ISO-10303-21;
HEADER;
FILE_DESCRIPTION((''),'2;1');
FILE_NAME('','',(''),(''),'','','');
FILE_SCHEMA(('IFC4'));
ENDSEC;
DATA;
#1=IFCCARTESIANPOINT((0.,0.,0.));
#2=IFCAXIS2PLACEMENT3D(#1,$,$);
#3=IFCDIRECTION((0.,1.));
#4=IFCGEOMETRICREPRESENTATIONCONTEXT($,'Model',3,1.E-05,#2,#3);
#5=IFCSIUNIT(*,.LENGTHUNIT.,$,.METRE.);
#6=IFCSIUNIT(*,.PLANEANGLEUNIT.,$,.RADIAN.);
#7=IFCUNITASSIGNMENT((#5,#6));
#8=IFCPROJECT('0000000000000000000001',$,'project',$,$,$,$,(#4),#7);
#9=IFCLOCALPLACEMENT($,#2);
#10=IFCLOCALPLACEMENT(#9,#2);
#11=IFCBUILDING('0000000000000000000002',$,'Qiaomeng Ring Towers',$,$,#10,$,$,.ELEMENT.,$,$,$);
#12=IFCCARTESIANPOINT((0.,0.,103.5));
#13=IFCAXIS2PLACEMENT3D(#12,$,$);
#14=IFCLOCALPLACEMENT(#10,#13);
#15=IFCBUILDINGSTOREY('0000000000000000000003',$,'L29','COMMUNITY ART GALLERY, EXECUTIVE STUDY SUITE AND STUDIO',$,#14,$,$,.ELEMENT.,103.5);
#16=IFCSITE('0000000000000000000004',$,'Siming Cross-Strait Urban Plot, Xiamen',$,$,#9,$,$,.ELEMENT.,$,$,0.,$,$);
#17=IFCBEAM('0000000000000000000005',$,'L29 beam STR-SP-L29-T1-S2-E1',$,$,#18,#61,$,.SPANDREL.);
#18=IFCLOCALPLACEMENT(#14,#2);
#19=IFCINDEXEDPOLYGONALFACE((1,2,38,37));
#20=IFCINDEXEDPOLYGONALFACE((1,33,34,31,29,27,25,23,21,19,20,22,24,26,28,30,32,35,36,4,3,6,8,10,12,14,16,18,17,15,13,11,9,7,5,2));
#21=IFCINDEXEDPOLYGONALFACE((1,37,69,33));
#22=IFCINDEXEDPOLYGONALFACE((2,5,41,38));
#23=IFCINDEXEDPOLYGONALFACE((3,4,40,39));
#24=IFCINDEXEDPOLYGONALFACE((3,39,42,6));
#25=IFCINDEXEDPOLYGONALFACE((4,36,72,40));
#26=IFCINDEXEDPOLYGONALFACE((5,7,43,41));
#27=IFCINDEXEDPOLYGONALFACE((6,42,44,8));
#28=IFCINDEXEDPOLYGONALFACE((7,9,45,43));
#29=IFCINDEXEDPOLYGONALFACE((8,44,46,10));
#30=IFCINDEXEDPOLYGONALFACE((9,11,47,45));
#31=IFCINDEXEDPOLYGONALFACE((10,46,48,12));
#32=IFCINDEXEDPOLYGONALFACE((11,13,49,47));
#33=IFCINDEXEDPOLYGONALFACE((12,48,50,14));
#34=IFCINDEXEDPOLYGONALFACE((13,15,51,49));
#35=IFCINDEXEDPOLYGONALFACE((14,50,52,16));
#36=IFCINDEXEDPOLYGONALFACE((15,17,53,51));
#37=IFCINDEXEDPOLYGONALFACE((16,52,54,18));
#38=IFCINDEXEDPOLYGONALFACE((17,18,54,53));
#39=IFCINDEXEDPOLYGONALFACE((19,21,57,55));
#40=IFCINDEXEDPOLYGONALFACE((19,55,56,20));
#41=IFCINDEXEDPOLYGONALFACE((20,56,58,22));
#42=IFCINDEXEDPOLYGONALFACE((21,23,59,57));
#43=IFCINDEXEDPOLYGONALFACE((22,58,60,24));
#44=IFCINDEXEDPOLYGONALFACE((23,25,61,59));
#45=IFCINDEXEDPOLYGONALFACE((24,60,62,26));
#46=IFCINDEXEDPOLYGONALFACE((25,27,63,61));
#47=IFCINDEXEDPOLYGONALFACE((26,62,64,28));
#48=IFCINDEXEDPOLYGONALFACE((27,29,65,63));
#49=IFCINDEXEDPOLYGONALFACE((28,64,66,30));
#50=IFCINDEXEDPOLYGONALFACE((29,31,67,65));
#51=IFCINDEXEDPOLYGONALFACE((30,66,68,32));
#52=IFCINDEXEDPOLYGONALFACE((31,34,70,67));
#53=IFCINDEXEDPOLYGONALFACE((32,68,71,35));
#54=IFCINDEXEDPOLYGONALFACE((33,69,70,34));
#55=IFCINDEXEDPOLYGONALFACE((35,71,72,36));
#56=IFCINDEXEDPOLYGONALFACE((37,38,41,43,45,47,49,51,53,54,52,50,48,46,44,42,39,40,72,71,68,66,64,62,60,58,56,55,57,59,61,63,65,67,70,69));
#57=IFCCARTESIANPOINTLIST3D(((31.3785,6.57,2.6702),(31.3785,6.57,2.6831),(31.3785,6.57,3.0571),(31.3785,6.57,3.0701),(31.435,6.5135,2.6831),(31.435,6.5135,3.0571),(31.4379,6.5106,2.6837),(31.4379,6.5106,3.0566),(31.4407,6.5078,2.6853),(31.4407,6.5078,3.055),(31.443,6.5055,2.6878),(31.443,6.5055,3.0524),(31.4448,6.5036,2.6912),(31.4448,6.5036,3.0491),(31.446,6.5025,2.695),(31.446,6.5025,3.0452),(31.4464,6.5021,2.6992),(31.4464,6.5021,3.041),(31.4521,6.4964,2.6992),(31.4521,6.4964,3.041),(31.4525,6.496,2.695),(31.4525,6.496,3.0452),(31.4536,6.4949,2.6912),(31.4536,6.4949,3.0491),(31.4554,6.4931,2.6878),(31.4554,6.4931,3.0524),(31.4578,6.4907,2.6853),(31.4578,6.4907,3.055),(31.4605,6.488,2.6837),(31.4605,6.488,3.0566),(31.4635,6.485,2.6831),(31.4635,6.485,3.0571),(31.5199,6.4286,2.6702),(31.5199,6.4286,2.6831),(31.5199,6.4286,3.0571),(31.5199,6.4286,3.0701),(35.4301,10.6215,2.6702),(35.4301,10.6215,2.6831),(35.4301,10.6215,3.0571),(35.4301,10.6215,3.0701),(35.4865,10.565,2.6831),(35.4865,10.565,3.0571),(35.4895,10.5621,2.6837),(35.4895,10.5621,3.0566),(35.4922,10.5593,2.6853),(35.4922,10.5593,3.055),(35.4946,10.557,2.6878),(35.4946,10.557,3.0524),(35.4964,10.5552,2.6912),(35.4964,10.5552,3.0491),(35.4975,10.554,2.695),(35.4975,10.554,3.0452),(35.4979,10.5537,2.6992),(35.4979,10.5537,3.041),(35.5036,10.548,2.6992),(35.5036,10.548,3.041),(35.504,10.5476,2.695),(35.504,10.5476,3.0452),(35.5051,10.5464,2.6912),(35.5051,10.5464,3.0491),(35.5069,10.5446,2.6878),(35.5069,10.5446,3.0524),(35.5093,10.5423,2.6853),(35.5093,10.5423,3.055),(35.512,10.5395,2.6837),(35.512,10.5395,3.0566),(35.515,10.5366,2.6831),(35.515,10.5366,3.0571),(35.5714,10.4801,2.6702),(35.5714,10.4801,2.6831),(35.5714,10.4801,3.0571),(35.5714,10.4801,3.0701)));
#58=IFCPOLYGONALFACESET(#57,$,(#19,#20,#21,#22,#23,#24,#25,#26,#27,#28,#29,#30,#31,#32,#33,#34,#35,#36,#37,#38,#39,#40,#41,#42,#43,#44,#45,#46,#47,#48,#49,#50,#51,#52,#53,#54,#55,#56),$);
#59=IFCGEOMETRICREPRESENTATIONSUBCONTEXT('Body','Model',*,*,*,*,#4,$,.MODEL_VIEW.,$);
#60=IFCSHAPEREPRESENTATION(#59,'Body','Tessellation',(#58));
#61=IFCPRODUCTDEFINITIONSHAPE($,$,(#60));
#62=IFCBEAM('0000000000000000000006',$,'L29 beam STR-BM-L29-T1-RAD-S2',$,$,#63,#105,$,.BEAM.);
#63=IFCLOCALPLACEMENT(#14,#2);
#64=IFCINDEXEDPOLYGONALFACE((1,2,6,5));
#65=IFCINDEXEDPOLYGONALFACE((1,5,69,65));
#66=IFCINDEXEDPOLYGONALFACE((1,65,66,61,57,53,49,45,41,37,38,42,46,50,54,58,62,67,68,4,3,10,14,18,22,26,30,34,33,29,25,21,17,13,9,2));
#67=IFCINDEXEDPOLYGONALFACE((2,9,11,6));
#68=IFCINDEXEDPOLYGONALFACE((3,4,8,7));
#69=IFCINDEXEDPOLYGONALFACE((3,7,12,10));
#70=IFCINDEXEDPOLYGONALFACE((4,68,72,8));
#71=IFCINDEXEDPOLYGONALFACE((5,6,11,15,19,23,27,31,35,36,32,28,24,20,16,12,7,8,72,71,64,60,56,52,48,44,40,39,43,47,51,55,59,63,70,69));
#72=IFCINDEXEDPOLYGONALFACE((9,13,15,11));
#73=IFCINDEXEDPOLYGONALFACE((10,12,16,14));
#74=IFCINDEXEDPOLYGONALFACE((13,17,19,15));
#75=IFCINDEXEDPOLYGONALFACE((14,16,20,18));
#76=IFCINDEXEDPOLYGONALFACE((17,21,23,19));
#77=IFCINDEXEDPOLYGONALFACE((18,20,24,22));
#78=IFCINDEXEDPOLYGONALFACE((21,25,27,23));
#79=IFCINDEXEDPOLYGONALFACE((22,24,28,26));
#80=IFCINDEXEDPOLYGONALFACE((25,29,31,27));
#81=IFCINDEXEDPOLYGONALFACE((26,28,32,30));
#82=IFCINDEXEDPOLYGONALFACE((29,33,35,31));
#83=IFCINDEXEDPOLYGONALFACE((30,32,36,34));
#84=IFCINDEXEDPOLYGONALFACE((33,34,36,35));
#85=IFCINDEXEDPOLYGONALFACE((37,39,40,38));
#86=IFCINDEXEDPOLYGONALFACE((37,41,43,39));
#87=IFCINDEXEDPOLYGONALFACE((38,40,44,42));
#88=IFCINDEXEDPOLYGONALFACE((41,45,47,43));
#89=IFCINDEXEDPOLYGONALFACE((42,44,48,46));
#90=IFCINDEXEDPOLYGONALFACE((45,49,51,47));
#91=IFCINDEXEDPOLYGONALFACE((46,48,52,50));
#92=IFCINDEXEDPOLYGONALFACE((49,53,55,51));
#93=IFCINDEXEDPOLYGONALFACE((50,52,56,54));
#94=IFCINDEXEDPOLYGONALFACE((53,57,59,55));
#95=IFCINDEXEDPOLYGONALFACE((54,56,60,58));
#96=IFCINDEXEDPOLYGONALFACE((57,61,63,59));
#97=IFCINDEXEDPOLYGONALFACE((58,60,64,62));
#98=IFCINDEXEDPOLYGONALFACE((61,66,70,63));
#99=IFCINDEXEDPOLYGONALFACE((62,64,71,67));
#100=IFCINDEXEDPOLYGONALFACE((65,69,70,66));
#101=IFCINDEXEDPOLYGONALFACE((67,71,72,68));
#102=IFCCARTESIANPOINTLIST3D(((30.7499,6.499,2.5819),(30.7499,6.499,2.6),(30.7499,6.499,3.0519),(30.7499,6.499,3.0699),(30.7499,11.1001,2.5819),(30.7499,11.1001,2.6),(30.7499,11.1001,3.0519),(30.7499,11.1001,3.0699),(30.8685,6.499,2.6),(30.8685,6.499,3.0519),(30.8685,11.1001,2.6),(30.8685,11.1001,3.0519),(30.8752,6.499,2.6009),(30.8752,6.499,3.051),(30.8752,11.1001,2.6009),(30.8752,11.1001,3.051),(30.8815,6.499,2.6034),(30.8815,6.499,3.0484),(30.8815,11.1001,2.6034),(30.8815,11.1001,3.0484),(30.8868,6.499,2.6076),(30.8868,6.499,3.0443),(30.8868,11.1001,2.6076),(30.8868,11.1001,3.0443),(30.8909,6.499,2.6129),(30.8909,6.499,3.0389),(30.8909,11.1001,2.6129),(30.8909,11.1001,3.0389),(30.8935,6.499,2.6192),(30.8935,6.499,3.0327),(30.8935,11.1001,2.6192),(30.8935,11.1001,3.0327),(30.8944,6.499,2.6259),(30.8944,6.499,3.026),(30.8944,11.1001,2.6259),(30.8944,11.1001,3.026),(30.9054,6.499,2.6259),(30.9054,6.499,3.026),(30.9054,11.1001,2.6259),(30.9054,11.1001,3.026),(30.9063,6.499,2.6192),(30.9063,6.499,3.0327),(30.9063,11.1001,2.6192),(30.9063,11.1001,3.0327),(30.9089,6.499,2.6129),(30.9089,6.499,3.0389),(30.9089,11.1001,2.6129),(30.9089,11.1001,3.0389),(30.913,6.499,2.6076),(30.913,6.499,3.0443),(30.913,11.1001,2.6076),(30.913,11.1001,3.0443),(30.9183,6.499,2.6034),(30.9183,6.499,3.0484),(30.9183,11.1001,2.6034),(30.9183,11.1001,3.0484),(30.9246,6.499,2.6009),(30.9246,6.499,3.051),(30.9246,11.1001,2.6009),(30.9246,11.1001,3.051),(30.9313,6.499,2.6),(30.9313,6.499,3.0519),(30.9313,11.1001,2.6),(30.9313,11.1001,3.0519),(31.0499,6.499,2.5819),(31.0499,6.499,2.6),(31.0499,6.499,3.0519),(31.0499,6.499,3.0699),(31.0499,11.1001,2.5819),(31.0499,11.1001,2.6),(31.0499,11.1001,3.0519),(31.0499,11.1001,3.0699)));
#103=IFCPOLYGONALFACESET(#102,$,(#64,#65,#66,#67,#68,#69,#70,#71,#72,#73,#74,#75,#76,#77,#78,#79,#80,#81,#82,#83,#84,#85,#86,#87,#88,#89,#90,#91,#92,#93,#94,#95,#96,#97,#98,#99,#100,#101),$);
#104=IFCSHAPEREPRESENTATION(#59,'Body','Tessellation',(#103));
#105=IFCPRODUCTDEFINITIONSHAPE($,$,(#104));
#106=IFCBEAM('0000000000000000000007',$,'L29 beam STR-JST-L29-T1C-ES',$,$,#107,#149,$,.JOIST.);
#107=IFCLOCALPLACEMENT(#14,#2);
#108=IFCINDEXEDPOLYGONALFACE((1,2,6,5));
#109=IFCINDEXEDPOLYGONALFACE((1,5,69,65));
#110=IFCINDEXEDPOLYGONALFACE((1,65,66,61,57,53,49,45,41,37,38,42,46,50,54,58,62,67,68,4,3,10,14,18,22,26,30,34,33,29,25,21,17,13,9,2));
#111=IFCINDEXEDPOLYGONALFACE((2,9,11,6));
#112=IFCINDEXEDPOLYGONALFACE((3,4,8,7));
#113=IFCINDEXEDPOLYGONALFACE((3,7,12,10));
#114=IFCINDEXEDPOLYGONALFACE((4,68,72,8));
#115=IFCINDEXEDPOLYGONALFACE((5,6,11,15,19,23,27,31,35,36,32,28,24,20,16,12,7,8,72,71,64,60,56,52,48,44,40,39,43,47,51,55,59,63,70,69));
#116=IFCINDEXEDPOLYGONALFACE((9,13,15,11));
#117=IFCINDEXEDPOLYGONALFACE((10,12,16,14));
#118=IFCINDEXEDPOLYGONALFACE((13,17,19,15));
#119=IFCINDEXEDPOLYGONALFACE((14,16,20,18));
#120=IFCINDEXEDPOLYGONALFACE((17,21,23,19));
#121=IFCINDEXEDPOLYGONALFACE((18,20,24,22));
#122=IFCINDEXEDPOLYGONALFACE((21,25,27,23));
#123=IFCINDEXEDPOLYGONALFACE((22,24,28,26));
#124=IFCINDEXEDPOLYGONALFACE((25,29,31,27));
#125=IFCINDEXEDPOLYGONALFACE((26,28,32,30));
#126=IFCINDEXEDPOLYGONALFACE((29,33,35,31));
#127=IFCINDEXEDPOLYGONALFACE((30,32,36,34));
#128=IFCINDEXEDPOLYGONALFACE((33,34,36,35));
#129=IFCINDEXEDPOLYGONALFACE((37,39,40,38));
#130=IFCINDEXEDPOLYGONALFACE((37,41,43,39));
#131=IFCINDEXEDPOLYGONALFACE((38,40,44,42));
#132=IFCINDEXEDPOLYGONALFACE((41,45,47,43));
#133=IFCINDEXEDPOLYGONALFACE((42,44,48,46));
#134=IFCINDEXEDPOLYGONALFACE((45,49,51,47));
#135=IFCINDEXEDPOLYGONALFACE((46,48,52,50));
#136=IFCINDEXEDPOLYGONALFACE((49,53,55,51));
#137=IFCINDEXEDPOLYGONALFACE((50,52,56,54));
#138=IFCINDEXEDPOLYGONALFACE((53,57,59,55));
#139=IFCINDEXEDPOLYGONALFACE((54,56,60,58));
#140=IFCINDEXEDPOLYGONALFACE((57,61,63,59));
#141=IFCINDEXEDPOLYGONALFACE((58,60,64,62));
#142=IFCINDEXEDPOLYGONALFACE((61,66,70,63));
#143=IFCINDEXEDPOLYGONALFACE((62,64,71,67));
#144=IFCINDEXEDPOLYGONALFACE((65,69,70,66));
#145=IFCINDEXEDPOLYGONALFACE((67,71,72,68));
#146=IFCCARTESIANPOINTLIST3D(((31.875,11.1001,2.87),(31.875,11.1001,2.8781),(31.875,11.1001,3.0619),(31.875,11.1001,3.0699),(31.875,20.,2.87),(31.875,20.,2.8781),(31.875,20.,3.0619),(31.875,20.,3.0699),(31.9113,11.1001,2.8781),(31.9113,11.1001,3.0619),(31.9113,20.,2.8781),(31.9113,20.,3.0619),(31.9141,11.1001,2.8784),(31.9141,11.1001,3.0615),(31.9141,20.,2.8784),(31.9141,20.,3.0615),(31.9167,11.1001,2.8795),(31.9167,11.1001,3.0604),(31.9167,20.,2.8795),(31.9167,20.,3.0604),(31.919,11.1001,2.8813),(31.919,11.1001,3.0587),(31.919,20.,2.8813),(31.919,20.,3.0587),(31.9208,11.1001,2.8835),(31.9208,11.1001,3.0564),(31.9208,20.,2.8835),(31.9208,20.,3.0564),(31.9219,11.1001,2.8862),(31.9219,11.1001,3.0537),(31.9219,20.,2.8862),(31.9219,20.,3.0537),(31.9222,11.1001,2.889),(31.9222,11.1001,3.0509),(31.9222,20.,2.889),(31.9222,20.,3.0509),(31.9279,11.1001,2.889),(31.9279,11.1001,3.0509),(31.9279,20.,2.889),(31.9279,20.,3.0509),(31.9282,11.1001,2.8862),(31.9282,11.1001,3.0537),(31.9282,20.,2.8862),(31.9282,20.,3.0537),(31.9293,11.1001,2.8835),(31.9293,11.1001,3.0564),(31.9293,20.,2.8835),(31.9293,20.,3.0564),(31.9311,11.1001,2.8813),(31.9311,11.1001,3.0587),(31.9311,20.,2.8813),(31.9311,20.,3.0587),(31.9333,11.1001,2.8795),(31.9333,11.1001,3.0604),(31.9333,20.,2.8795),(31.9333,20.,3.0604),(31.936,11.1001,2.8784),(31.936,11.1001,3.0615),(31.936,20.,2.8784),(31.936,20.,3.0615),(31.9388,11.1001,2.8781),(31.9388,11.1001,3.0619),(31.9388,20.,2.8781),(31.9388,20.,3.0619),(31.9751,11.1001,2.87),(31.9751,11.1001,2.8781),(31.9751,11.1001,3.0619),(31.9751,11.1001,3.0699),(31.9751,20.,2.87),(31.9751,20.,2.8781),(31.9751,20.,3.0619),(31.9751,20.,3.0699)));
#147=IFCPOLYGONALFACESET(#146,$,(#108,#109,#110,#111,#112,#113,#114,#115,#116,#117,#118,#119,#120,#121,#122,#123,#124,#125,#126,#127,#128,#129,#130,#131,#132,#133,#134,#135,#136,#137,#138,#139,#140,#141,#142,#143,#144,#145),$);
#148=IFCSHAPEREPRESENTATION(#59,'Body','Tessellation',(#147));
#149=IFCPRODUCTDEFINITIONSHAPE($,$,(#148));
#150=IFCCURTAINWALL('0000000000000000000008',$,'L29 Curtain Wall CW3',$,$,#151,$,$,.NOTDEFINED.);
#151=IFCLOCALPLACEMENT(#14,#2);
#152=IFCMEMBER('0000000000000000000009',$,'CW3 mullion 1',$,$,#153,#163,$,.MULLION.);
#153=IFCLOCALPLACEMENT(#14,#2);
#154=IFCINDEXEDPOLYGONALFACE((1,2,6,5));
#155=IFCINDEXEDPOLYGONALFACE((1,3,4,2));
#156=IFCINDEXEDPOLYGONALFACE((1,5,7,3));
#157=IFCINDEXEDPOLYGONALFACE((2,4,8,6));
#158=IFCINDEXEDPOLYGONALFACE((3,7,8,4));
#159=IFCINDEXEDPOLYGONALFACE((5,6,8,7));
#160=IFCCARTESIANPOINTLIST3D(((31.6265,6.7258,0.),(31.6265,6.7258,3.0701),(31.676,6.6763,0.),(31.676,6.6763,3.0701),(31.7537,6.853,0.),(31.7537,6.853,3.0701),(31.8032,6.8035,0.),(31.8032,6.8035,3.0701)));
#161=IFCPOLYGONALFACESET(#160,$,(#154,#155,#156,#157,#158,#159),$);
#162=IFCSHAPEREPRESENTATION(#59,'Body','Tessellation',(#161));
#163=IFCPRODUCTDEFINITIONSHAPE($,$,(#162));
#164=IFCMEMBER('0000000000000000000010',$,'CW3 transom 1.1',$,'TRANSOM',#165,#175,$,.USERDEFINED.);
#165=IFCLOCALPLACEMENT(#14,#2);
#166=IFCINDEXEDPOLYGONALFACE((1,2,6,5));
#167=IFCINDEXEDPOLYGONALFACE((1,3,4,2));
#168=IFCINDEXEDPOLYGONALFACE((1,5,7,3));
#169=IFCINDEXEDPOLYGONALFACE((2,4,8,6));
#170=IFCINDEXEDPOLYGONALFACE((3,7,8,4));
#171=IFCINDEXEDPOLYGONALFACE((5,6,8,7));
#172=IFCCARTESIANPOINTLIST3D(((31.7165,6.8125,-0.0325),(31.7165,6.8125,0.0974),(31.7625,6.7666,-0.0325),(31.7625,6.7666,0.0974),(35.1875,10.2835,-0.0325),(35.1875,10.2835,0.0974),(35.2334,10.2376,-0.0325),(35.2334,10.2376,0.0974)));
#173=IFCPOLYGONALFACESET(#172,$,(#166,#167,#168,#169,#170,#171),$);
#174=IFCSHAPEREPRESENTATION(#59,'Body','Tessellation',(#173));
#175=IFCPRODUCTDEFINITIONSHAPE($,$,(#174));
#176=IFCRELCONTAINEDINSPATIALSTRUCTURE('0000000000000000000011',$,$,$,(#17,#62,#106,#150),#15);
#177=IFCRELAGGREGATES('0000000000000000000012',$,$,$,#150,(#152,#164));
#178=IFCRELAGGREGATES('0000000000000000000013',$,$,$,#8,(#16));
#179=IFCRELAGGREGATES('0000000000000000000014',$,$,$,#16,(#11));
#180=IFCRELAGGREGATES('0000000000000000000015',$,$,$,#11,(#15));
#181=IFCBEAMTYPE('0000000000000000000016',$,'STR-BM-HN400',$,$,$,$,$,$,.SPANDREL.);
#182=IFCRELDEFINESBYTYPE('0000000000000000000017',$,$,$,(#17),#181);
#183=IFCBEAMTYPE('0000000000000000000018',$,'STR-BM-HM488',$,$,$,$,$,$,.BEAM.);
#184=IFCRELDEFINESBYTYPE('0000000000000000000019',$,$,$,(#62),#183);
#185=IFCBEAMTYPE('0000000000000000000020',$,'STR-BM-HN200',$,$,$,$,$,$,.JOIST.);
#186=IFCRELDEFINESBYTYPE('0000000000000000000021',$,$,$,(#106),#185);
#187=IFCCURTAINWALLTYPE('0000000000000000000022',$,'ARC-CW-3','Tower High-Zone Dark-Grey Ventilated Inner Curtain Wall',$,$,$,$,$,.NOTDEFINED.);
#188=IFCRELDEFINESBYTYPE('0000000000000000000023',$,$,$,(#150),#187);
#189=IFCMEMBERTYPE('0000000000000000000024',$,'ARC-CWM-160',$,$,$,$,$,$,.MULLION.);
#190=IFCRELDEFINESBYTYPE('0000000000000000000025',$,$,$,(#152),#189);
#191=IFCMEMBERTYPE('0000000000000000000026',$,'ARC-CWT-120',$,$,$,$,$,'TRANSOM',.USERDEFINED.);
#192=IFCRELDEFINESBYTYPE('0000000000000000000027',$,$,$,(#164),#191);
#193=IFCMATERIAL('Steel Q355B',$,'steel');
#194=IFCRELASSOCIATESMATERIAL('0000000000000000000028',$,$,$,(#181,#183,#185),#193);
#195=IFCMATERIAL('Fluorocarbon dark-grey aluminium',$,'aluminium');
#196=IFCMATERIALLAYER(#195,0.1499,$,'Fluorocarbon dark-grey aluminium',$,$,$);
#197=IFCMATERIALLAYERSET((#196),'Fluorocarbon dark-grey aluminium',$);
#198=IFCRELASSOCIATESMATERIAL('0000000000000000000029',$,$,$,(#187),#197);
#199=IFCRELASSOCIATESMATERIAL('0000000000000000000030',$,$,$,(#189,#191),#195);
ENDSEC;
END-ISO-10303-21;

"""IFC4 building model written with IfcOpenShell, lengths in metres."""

from ifc_helpers import new_model, si_unit, direction, frame, origin, origin_2d, place, context, subcontext, project, spatial, rectangle, i_section, extrude, source, transform, mapped, material, layer, layer_set, material_profile, profile_set, type_object, element, aggregate, save


model = new_model("IFC4")

# Units and contexts
model_context = context("Model", 3, precision=1e-05, world=origin(), true_north=direction((0.0, 1.0)))
body_context = subcontext(model_context, "Body", "Model", "MODEL_VIEW")
ifc_project = project(units=[si_unit("LENGTHUNIT", "METRE"), si_unit("PLANEANGLEUNIT", "RADIAN")], contexts=[model_context])

# Site, building, storey
site_placement = place(None, origin())
site = spatial("IfcSite", under=ifc_project, at=site_placement, Name="Siming Cross-Strait Urban Plot, Xiamen", CompositionType="ELEMENT", RefElevation=0.0)
building_placement = place(site_placement, origin())
building = spatial("IfcBuilding", under=site, at=building_placement, Name="Qiaomeng Ring Towers", CompositionType="ELEMENT")
storey_placement = place(building_placement, frame((0.0, 0.0, 103.5)))
storey = spatial("IfcBuildingStorey", under=building, at=storey_placement, Name="L29", Description="COMMUNITY ART GALLERY, EXECUTIVE STUDY SUITE AND STUDIO", CompositionType="ELEMENT", Elevation=103.5)

# Beams
ifc_material_1 = material(Name="Steel Q355B", Category="steel")
ifc_material_profile_1 = material_profile(ifc_material_1, i_section(OverallWidth=0.2, OverallDepth=0.3999, WebThickness=0.0081, FlangeThickness=0.0129, FilletRadius=0.0161, at=origin_2d()), Name="HN 400x200x8x13")
ifc_profile_set_1 = profile_set([ifc_material_profile_1], Name="Steel Q355B")
beam_type_1 = type_object("IfcBeamType", Name="STR-BM-HN400", PredefinedType="SPANDREL", material=ifc_profile_set_1)
shared_shape_1 = source(origin(), body_context, "Body", "SweptSolid", [
    extrude(i_section(OverallWidth=0.2, OverallDepth=0.3999, WebThickness=0.0081, FlangeThickness=0.0129, FilletRadius=0.0161, at=origin_2d()), origin(), (0.0, 0.0, 1.0), 5.7297),
])
beam_1_placement = place(storey_placement, frame((31.4492, 6.4993, 2.8701), z_axis=(0.707107, 0.707107, 0.0), x_axis=(-0.707107, 0.707107, 0.0)))
element("IfcBeam", 1, at=beam_1_placement, inside=storey, type_object=beam_type_1, Name="L29 beam STR-SP-L29-T1-S2-E1", PredefinedType="SPANDREL", context=body_context, shape_type="MappedRepresentation", body=[
    mapped(shared_shape_1, transform((0.0, 0.0, 0.0), x_axis=(1.0, 0.0, 0.0), y_axis=(0.0, 1.0, 0.0), z_axis=(0.0, 0.0, 1.0), scale=1.0)),
])
ifc_material_profile_2 = material_profile(ifc_material_1, i_section(OverallWidth=0.3, OverallDepth=0.488, WebThickness=0.011, FlangeThickness=0.0181, FilletRadius=0.0259, at=origin_2d()), Name="HM 488x300x11x18")
ifc_profile_set_2 = profile_set([ifc_material_profile_2], Name="Steel Q355B")
beam_type_2 = type_object("IfcBeamType", Name="STR-BM-HM488", PredefinedType="BEAM", material=ifc_profile_set_2)
shared_shape_2 = source(origin(), body_context, "Body", "SweptSolid", [
    extrude(i_section(OverallWidth=0.3, OverallDepth=0.488, WebThickness=0.011, FlangeThickness=0.0181, FilletRadius=0.0259, at=origin_2d()), origin(), (0.0, 0.0, 1.0), 4.6011),
])
beam_2_placement = place(storey_placement, frame((30.8999, 6.499, 2.8259), z_axis=(0.0, 1.0, 0.0), x_axis=(-1.0, 0.0, 0.0)))
element("IfcBeam", 2, at=beam_2_placement, inside=storey, type_object=beam_type_2, Name="L29 beam STR-BM-L29-T1-RAD-S2", PredefinedType="BEAM", context=body_context, shape_type="MappedRepresentation", body=[
    mapped(shared_shape_2, transform((0.0, 0.0, 0.0), x_axis=(1.0, 0.0, 0.0), y_axis=(0.0, 1.0, 0.0), z_axis=(0.0, 0.0, 1.0), scale=1.0)),
])
ifc_material_profile_3 = material_profile(ifc_material_1, i_section(OverallWidth=0.1001, OverallDepth=0.2, WebThickness=0.0056, FlangeThickness=0.0081, FilletRadius=0.011, at=origin_2d()), Name="HN 200x100x5.5x8")
ifc_profile_set_3 = profile_set([ifc_material_profile_3], Name="Steel Q355B")
beam_type_3 = type_object("IfcBeamType", Name="STR-BM-HN200", PredefinedType="JOIST", material=ifc_profile_set_3)
shared_shape_3 = source(origin(), body_context, "Body", "SweptSolid", [
    extrude(i_section(OverallWidth=0.1001, OverallDepth=0.2, WebThickness=0.0056, FlangeThickness=0.0081, FilletRadius=0.011, at=origin_2d()), origin(), (0.0, 0.0, 1.0), 8.8999),
])
beam_3_placement = place(storey_placement, frame((31.925, 11.1001, 2.97), z_axis=(0.0, 1.0, 0.0), x_axis=(-1.0, 0.0, 0.0)))
element("IfcBeam", 3, at=beam_3_placement, inside=storey, type_object=beam_type_3, Name="L29 beam STR-JST-L29-T1C-ES", PredefinedType="JOIST", context=body_context, shape_type="MappedRepresentation", body=[
    mapped(shared_shape_3, transform((0.0, 0.0, 0.0), x_axis=(1.0, 0.0, 0.0), y_axis=(0.0, 1.0, 0.0), z_axis=(0.0, 0.0, 1.0), scale=1.0)),
])

# Curtain wall, members
ifc_material_2 = material(Name="Fluorocarbon dark-grey aluminium", Category="aluminium")
ifc_layer_1 = layer(ifc_material_2, 0.1499, Name="Fluorocarbon dark-grey aluminium")
ifc_layer_set_1 = layer_set([ifc_layer_1], Name="Fluorocarbon dark-grey aluminium")
curtain_wall_type = type_object("IfcCurtainWallType", Name="ARC-CW-3", Description="Tower High-Zone Dark-Grey Ventilated Inner Curtain Wall", PredefinedType="NOTDEFINED", material=ifc_layer_set_1)
curtain_wall_placement = place(storey_placement, origin())
curtain_wall = element("IfcCurtainWall", 4, at=curtain_wall_placement, inside=storey, type_object=curtain_wall_type, Name="L29 Curtain Wall CW3", PredefinedType="NOTDEFINED")
ifc_material_profile_4 = material_profile(ifc_material_2, rectangle(XDim=0.0701, YDim=0.1799, at=origin_2d()), Name="ALU MULL 70x180")
ifc_profile_set_4 = profile_set([ifc_material_profile_4], Name="Fluorocarbon dark-grey aluminium")
member_type_1 = type_object("IfcMemberType", Name="ARC-CWM-160", PredefinedType="MULLION", material=ifc_profile_set_4)
shared_shape_4 = source(origin(), body_context, "Body", "SweptSolid", [
    extrude(rectangle(XDim=0.0701, YDim=0.1799, at=origin_2d()), origin(), (0.0, 0.0, 1.0), 3.0701),
])
member_1_placement = place(storey_placement, frame((31.7148, 6.7646, 0.0), z_axis=(0.0, 0.0, 1.0), x_axis=(-0.707107, 0.707107, 0.0)))
member_1 = element("IfcMember", 5, at=member_1_placement, type_object=member_type_1, Name="CW3 mullion 1", PredefinedType="MULLION", context=body_context, shape_type="MappedRepresentation", body=[
    mapped(shared_shape_4, transform((0.0, 0.0, 0.0), x_axis=(1.0, 0.0, 0.0), y_axis=(0.0, 1.0, 0.0), z_axis=(0.0, 0.0, 1.0), scale=1.0)),
])
ifc_material_profile_5 = material_profile(ifc_material_2, rectangle(XDim=0.0649, YDim=0.1299, at=origin_2d()), Name="ALU TRAN 65x130")
ifc_profile_set_5 = profile_set([ifc_material_profile_5], Name="Fluorocarbon dark-grey aluminium")
member_type_2 = type_object("IfcMemberType", Name="ARC-CWT-120", ElementType="TRANSOM", PredefinedType="USERDEFINED", material=ifc_profile_set_5)
shared_shape_5 = source(origin(), body_context, "Body", "SweptSolid", [
    extrude(rectangle(XDim=0.0649, YDim=0.1299, at=origin_2d()), origin(), (0.0, 0.0, 1.0), 4.9087),
])
member_2_placement = place(storey_placement, frame((31.7395, 6.7896, 0.0325), z_axis=(0.707107, 0.707107, 0.0), x_axis=(-0.707107, 0.707107, 0.0)))
member_2 = element("IfcMember", 6, at=member_2_placement, type_object=member_type_2, Name="CW3 transom 1.1", ObjectType="TRANSOM", PredefinedType="USERDEFINED", context=body_context, shape_type="MappedRepresentation", body=[
    mapped(shared_shape_5, transform((0.0, 0.0, 0.0), x_axis=(1.0, 0.0, 0.0), y_axis=(0.0, 1.0, 0.0), z_axis=(0.0, 0.0, 1.0), scale=1.0)),
])
aggregate(curtain_wall, [member_1, member_2])

save(model, "model.ifc")
